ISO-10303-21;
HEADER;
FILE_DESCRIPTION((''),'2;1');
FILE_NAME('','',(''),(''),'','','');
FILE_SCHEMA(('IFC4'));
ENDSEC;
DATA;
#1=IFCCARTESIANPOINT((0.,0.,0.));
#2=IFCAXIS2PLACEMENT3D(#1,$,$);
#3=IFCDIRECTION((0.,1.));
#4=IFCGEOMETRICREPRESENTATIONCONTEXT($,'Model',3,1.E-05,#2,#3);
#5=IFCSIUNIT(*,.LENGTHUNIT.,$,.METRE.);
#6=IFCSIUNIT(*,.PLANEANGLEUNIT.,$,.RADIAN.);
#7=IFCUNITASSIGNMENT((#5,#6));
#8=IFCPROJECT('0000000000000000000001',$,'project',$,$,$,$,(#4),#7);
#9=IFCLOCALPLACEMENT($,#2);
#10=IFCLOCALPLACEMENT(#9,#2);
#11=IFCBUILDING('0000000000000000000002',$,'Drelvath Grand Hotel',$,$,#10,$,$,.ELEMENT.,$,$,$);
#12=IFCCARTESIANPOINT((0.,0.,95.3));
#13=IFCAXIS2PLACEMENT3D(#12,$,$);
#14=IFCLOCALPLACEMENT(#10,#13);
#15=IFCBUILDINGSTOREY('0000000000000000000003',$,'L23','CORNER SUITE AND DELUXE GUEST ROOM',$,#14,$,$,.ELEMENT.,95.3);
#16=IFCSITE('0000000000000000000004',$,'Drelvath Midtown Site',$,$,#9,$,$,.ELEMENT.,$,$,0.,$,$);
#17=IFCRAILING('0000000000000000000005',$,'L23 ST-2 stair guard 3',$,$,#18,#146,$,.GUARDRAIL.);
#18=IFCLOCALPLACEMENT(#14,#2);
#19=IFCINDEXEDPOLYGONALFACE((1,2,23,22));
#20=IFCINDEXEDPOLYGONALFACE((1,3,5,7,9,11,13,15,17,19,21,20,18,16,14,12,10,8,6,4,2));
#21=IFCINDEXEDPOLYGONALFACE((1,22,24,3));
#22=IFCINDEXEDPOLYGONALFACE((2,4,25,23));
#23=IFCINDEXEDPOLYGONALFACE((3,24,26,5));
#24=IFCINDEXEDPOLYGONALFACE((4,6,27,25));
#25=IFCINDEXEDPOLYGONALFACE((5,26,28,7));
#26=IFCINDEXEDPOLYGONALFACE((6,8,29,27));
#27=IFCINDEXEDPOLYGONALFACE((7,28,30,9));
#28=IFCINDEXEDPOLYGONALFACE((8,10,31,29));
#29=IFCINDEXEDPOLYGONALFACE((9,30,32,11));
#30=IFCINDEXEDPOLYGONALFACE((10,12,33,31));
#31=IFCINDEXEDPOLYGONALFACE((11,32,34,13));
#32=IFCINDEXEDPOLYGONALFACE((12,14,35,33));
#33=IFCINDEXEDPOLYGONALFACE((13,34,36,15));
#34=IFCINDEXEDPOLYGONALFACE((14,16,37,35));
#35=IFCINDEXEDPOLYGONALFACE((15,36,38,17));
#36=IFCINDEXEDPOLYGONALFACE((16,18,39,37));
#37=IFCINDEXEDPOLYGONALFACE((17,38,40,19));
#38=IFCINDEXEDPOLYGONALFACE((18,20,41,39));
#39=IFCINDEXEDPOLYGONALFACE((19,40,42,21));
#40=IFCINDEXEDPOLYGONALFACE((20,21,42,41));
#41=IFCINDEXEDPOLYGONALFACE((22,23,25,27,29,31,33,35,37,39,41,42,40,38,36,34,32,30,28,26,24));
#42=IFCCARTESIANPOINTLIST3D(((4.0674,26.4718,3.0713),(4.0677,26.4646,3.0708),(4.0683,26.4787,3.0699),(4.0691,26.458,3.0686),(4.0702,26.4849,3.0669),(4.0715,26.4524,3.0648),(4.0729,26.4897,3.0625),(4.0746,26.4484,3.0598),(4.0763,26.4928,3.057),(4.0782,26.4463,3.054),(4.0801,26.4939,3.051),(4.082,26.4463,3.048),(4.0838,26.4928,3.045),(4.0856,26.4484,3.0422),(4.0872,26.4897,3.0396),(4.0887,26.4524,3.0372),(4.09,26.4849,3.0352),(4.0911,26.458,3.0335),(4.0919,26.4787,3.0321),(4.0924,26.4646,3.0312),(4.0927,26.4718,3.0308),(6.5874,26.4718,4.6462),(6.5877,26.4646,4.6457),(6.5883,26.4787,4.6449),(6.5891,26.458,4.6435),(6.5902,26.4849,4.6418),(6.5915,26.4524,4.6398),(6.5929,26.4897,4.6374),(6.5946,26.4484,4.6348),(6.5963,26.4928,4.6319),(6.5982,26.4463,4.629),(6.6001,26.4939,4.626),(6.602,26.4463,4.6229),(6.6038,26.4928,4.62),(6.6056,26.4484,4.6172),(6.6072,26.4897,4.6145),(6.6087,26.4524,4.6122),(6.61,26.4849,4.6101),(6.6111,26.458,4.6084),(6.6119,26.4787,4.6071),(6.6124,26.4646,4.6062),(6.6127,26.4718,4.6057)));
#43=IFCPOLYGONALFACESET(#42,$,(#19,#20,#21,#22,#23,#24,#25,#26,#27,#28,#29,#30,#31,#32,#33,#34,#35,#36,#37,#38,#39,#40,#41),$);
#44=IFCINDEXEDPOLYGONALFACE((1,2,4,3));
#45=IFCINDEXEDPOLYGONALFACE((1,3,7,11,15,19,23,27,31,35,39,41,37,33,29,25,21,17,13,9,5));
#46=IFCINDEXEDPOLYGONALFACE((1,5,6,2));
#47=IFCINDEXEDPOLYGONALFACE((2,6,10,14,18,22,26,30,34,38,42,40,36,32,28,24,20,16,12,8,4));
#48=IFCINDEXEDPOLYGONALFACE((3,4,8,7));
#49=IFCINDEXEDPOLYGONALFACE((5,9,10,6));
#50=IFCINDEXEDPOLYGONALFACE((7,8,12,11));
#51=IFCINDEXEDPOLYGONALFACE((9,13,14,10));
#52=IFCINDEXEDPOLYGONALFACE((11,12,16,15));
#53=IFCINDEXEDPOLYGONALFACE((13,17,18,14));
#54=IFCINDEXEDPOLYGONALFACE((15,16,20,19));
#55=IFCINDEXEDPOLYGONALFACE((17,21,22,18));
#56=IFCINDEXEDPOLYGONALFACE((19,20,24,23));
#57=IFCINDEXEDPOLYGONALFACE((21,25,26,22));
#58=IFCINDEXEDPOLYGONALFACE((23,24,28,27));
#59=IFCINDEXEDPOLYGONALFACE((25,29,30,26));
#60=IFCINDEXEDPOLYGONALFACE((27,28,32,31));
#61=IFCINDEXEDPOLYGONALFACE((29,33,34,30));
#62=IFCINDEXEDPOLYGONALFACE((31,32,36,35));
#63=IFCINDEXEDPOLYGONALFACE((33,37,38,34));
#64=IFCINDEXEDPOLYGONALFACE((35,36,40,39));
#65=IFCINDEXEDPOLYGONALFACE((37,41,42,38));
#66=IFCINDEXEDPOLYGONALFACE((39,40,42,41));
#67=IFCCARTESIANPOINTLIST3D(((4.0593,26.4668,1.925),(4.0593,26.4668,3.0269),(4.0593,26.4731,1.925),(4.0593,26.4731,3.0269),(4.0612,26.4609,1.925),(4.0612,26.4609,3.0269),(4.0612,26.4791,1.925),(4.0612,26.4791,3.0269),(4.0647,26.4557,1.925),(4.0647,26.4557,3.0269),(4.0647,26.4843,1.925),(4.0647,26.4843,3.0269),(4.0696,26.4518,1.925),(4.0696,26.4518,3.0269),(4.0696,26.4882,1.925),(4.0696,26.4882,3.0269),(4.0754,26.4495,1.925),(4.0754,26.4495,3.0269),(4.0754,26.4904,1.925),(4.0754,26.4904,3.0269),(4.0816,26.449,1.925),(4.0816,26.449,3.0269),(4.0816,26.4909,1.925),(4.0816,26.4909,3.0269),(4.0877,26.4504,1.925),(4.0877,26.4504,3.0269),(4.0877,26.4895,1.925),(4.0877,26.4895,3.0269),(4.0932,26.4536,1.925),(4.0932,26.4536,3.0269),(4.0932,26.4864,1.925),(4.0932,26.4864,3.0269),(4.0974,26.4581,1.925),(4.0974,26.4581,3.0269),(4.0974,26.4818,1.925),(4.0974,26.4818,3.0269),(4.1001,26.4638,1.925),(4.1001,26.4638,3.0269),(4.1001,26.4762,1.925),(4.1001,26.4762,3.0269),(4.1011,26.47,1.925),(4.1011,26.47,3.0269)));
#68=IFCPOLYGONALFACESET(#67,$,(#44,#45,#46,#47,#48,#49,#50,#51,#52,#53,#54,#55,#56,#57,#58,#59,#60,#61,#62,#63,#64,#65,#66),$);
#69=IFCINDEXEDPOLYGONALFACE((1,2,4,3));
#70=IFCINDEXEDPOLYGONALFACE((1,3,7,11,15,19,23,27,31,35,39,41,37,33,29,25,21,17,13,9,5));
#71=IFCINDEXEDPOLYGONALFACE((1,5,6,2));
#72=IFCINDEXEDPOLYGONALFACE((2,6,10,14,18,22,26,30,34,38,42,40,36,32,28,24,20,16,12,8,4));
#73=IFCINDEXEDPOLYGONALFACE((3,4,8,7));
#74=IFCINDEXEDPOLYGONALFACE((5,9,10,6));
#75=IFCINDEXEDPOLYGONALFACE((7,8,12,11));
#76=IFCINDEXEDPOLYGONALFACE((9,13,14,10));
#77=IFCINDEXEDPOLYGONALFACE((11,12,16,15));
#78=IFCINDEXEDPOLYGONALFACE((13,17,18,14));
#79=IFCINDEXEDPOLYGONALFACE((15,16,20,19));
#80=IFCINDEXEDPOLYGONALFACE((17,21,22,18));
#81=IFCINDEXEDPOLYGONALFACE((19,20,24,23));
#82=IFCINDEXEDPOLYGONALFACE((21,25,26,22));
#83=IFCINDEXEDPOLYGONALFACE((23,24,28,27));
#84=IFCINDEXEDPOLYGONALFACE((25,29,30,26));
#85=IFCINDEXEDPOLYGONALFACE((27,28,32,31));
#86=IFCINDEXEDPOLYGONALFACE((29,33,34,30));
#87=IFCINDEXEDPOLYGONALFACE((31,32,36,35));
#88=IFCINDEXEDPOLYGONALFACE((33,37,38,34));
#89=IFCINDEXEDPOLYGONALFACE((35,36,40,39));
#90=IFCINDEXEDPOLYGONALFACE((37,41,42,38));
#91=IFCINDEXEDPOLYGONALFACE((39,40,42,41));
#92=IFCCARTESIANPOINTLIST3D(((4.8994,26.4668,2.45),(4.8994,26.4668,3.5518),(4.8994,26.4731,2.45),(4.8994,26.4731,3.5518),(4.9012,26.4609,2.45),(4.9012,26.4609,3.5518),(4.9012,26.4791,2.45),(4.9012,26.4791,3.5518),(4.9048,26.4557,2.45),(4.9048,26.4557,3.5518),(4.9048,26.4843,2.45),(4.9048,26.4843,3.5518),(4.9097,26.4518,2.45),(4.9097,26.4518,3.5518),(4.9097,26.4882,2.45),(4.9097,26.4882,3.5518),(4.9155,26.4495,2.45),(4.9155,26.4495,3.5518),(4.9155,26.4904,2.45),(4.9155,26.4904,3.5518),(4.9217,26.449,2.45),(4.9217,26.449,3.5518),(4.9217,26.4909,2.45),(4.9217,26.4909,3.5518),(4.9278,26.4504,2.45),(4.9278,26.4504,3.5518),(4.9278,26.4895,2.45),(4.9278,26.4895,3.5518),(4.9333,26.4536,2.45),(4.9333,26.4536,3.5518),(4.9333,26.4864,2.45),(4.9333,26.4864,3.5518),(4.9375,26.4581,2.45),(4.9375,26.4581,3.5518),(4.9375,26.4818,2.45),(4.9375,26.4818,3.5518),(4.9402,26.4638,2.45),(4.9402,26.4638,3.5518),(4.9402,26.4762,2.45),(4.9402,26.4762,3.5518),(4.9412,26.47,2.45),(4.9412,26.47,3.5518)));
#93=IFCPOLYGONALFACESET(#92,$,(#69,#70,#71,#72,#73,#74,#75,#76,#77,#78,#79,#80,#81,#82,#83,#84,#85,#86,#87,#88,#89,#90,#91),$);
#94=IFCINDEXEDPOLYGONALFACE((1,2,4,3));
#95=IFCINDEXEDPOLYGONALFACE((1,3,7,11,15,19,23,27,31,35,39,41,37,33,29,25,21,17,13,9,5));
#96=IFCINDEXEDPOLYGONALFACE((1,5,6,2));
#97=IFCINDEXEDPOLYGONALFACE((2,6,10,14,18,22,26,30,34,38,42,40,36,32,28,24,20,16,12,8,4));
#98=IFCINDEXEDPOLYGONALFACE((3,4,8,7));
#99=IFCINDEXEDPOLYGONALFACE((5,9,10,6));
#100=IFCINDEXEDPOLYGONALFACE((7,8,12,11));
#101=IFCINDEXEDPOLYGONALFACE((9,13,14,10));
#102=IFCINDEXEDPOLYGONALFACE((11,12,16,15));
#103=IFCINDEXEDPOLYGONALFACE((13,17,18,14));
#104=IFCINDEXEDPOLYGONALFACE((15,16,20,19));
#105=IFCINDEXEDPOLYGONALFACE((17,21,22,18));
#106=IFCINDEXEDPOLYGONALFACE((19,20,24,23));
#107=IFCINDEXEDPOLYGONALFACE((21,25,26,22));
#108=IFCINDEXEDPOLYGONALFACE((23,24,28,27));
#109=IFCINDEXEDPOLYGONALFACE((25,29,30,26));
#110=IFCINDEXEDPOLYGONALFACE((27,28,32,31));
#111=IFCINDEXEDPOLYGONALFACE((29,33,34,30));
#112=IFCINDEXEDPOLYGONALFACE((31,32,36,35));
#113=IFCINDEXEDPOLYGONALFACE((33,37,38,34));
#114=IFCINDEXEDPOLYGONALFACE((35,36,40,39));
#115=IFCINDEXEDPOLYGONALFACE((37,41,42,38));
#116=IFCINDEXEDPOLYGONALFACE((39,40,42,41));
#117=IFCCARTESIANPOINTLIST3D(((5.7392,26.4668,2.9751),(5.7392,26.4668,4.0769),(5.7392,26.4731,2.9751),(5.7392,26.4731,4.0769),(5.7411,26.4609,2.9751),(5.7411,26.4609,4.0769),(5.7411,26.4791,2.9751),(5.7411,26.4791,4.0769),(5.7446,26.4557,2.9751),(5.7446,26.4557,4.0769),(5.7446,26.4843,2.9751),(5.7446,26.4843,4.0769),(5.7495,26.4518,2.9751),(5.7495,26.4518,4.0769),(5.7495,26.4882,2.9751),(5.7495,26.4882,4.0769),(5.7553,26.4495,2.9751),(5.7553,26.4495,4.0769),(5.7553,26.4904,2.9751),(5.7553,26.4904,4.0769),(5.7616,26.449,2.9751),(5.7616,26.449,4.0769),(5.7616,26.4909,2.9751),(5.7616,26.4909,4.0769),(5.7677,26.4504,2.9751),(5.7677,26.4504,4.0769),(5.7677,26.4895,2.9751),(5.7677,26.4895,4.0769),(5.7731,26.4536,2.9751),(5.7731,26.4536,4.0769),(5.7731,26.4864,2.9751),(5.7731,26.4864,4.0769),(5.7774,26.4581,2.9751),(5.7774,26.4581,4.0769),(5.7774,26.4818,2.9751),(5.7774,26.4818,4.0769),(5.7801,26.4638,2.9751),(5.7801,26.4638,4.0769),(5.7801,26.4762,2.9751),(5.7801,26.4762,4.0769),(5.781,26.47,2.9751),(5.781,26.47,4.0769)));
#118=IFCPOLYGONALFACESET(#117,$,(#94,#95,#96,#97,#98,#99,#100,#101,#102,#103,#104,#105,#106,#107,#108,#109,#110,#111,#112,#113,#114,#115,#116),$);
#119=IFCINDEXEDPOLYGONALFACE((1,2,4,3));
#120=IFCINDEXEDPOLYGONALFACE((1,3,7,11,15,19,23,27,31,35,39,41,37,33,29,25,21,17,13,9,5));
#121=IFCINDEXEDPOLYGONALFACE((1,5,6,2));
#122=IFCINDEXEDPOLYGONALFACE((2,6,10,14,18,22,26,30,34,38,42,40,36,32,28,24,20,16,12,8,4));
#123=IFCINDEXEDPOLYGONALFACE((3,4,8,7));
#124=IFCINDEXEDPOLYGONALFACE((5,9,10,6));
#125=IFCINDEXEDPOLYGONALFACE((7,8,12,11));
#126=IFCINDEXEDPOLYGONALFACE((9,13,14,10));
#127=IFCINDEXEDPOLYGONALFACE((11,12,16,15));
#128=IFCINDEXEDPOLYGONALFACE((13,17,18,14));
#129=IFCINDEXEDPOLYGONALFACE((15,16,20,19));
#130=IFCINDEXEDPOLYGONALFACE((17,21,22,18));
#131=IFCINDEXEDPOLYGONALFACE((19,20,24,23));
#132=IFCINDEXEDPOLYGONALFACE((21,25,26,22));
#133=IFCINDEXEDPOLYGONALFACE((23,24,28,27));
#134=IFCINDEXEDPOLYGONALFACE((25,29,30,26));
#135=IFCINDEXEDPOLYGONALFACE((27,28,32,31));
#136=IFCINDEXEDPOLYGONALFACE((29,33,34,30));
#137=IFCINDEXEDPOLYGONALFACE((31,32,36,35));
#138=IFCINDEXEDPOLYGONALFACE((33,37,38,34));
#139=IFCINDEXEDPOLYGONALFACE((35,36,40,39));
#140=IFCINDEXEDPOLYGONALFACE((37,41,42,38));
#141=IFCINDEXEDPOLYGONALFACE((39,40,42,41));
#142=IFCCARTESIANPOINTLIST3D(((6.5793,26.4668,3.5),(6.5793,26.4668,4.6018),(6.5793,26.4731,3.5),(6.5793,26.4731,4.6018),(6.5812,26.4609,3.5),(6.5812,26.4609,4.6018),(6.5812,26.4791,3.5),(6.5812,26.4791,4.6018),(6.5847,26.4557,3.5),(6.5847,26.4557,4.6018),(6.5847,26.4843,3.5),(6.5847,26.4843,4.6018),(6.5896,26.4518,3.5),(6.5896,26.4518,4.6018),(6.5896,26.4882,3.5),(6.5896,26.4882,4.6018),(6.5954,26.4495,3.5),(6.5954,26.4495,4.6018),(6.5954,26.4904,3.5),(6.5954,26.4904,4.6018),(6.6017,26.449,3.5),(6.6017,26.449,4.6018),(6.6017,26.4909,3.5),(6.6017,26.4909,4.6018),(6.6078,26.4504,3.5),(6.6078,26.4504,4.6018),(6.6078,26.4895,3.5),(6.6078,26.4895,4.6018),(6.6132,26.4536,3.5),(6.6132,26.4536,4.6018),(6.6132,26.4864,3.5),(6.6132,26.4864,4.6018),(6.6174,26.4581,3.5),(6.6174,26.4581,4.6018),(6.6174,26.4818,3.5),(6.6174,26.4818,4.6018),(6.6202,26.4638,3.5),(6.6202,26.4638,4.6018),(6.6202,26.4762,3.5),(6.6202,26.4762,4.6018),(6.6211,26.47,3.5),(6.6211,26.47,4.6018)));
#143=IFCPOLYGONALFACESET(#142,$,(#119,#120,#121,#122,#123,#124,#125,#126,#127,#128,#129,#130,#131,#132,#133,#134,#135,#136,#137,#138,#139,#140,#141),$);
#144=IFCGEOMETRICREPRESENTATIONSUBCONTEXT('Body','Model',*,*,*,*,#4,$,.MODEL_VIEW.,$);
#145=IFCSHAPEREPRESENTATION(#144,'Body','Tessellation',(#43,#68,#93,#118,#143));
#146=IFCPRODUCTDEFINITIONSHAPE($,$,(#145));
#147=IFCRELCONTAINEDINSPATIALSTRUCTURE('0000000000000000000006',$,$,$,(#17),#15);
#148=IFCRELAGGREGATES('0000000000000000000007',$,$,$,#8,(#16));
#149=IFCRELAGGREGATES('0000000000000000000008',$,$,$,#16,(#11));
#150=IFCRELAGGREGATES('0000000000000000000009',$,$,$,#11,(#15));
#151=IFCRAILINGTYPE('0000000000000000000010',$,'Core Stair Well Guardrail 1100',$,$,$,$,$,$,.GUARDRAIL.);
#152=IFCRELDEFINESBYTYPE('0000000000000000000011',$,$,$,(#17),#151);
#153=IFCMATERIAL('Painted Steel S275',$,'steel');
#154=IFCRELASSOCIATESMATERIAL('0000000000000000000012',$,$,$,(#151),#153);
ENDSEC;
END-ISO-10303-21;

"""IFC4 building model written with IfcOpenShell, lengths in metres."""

from ifc_helpers import new_model, si_unit, direction, frame, origin, origin_2d, place, context, subcontext, project, spatial, circle, extrude, material, type_object, element, save


model = new_model("IFC4")

# Units and contexts
model_context = context("Model", 3, precision=1e-05, world=origin(), true_north=direction((0.0, 1.0)))
body_context = subcontext(model_context, "Body", "Model", "MODEL_VIEW")
ifc_project = project(units=[si_unit("LENGTHUNIT", "METRE"), si_unit("PLANEANGLEUNIT", "RADIAN")], contexts=[model_context])

# Site, building, storey
site_placement = place(None, origin())
site = spatial("IfcSite", under=ifc_project, at=site_placement, Name="Drelvath Midtown Site", CompositionType="ELEMENT", RefElevation=0.0)
building_placement = place(site_placement, origin())
building = spatial("IfcBuilding", under=site, at=building_placement, Name="Drelvath Grand Hotel", CompositionType="ELEMENT")
storey_placement = place(building_placement, frame((0.0, 0.0, 95.3)))
storey = spatial("IfcBuildingStorey", under=building, at=storey_placement, Name="L23", Description="CORNER SUITE AND DELUXE GUEST ROOM", CompositionType="ELEMENT", Elevation=95.3)

# Railing
ifc_material_1 = material(Name="Painted Steel S275", Category="steel")
railing_type_1 = type_object("IfcRailingType", Name="Core Stair Well Guardrail 1100", PredefinedType="GUARDRAIL", material=ifc_material_1)
railing_1_placement = place(storey_placement, frame((4.0801, 26.47, 1.925)))
element("IfcRailing", 1, at=railing_1_placement, inside=storey, type_object=railing_type_1, Name="L23 ST-2 stair guard 3", PredefinedType="GUARDRAIL", context=body_context, shape_type="SweptSolid", body=[
    extrude(circle(Radius=0.0239, at=origin_2d()), frame((0.0, 0.0, 1.126), z_axis=(0.848008, 0.0, 0.529984), x_axis=(0.0, 1.0, 0.0)), (0.0, 0.0, 1.0), 2.9717),
    extrude(circle(Radius=0.021, at=origin_2d()), origin(), (0.0, 0.0, 1.0), 1.1018),
    extrude(circle(Radius=0.021, at=origin_2d()), frame((0.8401, 0.0, 0.5249)), (0.0, 0.0, 1.0), 1.1018),
    extrude(circle(Radius=0.021, at=origin_2d()), frame((1.6799, 0.0, 1.05)), (0.0, 0.0, 1.0), 1.1018),
    extrude(circle(Radius=0.021, at=origin_2d()), frame((2.52, 0.0, 1.575)), (0.0, 0.0, 1.0), 1.1018),
])

save(model, "model.ifc")
